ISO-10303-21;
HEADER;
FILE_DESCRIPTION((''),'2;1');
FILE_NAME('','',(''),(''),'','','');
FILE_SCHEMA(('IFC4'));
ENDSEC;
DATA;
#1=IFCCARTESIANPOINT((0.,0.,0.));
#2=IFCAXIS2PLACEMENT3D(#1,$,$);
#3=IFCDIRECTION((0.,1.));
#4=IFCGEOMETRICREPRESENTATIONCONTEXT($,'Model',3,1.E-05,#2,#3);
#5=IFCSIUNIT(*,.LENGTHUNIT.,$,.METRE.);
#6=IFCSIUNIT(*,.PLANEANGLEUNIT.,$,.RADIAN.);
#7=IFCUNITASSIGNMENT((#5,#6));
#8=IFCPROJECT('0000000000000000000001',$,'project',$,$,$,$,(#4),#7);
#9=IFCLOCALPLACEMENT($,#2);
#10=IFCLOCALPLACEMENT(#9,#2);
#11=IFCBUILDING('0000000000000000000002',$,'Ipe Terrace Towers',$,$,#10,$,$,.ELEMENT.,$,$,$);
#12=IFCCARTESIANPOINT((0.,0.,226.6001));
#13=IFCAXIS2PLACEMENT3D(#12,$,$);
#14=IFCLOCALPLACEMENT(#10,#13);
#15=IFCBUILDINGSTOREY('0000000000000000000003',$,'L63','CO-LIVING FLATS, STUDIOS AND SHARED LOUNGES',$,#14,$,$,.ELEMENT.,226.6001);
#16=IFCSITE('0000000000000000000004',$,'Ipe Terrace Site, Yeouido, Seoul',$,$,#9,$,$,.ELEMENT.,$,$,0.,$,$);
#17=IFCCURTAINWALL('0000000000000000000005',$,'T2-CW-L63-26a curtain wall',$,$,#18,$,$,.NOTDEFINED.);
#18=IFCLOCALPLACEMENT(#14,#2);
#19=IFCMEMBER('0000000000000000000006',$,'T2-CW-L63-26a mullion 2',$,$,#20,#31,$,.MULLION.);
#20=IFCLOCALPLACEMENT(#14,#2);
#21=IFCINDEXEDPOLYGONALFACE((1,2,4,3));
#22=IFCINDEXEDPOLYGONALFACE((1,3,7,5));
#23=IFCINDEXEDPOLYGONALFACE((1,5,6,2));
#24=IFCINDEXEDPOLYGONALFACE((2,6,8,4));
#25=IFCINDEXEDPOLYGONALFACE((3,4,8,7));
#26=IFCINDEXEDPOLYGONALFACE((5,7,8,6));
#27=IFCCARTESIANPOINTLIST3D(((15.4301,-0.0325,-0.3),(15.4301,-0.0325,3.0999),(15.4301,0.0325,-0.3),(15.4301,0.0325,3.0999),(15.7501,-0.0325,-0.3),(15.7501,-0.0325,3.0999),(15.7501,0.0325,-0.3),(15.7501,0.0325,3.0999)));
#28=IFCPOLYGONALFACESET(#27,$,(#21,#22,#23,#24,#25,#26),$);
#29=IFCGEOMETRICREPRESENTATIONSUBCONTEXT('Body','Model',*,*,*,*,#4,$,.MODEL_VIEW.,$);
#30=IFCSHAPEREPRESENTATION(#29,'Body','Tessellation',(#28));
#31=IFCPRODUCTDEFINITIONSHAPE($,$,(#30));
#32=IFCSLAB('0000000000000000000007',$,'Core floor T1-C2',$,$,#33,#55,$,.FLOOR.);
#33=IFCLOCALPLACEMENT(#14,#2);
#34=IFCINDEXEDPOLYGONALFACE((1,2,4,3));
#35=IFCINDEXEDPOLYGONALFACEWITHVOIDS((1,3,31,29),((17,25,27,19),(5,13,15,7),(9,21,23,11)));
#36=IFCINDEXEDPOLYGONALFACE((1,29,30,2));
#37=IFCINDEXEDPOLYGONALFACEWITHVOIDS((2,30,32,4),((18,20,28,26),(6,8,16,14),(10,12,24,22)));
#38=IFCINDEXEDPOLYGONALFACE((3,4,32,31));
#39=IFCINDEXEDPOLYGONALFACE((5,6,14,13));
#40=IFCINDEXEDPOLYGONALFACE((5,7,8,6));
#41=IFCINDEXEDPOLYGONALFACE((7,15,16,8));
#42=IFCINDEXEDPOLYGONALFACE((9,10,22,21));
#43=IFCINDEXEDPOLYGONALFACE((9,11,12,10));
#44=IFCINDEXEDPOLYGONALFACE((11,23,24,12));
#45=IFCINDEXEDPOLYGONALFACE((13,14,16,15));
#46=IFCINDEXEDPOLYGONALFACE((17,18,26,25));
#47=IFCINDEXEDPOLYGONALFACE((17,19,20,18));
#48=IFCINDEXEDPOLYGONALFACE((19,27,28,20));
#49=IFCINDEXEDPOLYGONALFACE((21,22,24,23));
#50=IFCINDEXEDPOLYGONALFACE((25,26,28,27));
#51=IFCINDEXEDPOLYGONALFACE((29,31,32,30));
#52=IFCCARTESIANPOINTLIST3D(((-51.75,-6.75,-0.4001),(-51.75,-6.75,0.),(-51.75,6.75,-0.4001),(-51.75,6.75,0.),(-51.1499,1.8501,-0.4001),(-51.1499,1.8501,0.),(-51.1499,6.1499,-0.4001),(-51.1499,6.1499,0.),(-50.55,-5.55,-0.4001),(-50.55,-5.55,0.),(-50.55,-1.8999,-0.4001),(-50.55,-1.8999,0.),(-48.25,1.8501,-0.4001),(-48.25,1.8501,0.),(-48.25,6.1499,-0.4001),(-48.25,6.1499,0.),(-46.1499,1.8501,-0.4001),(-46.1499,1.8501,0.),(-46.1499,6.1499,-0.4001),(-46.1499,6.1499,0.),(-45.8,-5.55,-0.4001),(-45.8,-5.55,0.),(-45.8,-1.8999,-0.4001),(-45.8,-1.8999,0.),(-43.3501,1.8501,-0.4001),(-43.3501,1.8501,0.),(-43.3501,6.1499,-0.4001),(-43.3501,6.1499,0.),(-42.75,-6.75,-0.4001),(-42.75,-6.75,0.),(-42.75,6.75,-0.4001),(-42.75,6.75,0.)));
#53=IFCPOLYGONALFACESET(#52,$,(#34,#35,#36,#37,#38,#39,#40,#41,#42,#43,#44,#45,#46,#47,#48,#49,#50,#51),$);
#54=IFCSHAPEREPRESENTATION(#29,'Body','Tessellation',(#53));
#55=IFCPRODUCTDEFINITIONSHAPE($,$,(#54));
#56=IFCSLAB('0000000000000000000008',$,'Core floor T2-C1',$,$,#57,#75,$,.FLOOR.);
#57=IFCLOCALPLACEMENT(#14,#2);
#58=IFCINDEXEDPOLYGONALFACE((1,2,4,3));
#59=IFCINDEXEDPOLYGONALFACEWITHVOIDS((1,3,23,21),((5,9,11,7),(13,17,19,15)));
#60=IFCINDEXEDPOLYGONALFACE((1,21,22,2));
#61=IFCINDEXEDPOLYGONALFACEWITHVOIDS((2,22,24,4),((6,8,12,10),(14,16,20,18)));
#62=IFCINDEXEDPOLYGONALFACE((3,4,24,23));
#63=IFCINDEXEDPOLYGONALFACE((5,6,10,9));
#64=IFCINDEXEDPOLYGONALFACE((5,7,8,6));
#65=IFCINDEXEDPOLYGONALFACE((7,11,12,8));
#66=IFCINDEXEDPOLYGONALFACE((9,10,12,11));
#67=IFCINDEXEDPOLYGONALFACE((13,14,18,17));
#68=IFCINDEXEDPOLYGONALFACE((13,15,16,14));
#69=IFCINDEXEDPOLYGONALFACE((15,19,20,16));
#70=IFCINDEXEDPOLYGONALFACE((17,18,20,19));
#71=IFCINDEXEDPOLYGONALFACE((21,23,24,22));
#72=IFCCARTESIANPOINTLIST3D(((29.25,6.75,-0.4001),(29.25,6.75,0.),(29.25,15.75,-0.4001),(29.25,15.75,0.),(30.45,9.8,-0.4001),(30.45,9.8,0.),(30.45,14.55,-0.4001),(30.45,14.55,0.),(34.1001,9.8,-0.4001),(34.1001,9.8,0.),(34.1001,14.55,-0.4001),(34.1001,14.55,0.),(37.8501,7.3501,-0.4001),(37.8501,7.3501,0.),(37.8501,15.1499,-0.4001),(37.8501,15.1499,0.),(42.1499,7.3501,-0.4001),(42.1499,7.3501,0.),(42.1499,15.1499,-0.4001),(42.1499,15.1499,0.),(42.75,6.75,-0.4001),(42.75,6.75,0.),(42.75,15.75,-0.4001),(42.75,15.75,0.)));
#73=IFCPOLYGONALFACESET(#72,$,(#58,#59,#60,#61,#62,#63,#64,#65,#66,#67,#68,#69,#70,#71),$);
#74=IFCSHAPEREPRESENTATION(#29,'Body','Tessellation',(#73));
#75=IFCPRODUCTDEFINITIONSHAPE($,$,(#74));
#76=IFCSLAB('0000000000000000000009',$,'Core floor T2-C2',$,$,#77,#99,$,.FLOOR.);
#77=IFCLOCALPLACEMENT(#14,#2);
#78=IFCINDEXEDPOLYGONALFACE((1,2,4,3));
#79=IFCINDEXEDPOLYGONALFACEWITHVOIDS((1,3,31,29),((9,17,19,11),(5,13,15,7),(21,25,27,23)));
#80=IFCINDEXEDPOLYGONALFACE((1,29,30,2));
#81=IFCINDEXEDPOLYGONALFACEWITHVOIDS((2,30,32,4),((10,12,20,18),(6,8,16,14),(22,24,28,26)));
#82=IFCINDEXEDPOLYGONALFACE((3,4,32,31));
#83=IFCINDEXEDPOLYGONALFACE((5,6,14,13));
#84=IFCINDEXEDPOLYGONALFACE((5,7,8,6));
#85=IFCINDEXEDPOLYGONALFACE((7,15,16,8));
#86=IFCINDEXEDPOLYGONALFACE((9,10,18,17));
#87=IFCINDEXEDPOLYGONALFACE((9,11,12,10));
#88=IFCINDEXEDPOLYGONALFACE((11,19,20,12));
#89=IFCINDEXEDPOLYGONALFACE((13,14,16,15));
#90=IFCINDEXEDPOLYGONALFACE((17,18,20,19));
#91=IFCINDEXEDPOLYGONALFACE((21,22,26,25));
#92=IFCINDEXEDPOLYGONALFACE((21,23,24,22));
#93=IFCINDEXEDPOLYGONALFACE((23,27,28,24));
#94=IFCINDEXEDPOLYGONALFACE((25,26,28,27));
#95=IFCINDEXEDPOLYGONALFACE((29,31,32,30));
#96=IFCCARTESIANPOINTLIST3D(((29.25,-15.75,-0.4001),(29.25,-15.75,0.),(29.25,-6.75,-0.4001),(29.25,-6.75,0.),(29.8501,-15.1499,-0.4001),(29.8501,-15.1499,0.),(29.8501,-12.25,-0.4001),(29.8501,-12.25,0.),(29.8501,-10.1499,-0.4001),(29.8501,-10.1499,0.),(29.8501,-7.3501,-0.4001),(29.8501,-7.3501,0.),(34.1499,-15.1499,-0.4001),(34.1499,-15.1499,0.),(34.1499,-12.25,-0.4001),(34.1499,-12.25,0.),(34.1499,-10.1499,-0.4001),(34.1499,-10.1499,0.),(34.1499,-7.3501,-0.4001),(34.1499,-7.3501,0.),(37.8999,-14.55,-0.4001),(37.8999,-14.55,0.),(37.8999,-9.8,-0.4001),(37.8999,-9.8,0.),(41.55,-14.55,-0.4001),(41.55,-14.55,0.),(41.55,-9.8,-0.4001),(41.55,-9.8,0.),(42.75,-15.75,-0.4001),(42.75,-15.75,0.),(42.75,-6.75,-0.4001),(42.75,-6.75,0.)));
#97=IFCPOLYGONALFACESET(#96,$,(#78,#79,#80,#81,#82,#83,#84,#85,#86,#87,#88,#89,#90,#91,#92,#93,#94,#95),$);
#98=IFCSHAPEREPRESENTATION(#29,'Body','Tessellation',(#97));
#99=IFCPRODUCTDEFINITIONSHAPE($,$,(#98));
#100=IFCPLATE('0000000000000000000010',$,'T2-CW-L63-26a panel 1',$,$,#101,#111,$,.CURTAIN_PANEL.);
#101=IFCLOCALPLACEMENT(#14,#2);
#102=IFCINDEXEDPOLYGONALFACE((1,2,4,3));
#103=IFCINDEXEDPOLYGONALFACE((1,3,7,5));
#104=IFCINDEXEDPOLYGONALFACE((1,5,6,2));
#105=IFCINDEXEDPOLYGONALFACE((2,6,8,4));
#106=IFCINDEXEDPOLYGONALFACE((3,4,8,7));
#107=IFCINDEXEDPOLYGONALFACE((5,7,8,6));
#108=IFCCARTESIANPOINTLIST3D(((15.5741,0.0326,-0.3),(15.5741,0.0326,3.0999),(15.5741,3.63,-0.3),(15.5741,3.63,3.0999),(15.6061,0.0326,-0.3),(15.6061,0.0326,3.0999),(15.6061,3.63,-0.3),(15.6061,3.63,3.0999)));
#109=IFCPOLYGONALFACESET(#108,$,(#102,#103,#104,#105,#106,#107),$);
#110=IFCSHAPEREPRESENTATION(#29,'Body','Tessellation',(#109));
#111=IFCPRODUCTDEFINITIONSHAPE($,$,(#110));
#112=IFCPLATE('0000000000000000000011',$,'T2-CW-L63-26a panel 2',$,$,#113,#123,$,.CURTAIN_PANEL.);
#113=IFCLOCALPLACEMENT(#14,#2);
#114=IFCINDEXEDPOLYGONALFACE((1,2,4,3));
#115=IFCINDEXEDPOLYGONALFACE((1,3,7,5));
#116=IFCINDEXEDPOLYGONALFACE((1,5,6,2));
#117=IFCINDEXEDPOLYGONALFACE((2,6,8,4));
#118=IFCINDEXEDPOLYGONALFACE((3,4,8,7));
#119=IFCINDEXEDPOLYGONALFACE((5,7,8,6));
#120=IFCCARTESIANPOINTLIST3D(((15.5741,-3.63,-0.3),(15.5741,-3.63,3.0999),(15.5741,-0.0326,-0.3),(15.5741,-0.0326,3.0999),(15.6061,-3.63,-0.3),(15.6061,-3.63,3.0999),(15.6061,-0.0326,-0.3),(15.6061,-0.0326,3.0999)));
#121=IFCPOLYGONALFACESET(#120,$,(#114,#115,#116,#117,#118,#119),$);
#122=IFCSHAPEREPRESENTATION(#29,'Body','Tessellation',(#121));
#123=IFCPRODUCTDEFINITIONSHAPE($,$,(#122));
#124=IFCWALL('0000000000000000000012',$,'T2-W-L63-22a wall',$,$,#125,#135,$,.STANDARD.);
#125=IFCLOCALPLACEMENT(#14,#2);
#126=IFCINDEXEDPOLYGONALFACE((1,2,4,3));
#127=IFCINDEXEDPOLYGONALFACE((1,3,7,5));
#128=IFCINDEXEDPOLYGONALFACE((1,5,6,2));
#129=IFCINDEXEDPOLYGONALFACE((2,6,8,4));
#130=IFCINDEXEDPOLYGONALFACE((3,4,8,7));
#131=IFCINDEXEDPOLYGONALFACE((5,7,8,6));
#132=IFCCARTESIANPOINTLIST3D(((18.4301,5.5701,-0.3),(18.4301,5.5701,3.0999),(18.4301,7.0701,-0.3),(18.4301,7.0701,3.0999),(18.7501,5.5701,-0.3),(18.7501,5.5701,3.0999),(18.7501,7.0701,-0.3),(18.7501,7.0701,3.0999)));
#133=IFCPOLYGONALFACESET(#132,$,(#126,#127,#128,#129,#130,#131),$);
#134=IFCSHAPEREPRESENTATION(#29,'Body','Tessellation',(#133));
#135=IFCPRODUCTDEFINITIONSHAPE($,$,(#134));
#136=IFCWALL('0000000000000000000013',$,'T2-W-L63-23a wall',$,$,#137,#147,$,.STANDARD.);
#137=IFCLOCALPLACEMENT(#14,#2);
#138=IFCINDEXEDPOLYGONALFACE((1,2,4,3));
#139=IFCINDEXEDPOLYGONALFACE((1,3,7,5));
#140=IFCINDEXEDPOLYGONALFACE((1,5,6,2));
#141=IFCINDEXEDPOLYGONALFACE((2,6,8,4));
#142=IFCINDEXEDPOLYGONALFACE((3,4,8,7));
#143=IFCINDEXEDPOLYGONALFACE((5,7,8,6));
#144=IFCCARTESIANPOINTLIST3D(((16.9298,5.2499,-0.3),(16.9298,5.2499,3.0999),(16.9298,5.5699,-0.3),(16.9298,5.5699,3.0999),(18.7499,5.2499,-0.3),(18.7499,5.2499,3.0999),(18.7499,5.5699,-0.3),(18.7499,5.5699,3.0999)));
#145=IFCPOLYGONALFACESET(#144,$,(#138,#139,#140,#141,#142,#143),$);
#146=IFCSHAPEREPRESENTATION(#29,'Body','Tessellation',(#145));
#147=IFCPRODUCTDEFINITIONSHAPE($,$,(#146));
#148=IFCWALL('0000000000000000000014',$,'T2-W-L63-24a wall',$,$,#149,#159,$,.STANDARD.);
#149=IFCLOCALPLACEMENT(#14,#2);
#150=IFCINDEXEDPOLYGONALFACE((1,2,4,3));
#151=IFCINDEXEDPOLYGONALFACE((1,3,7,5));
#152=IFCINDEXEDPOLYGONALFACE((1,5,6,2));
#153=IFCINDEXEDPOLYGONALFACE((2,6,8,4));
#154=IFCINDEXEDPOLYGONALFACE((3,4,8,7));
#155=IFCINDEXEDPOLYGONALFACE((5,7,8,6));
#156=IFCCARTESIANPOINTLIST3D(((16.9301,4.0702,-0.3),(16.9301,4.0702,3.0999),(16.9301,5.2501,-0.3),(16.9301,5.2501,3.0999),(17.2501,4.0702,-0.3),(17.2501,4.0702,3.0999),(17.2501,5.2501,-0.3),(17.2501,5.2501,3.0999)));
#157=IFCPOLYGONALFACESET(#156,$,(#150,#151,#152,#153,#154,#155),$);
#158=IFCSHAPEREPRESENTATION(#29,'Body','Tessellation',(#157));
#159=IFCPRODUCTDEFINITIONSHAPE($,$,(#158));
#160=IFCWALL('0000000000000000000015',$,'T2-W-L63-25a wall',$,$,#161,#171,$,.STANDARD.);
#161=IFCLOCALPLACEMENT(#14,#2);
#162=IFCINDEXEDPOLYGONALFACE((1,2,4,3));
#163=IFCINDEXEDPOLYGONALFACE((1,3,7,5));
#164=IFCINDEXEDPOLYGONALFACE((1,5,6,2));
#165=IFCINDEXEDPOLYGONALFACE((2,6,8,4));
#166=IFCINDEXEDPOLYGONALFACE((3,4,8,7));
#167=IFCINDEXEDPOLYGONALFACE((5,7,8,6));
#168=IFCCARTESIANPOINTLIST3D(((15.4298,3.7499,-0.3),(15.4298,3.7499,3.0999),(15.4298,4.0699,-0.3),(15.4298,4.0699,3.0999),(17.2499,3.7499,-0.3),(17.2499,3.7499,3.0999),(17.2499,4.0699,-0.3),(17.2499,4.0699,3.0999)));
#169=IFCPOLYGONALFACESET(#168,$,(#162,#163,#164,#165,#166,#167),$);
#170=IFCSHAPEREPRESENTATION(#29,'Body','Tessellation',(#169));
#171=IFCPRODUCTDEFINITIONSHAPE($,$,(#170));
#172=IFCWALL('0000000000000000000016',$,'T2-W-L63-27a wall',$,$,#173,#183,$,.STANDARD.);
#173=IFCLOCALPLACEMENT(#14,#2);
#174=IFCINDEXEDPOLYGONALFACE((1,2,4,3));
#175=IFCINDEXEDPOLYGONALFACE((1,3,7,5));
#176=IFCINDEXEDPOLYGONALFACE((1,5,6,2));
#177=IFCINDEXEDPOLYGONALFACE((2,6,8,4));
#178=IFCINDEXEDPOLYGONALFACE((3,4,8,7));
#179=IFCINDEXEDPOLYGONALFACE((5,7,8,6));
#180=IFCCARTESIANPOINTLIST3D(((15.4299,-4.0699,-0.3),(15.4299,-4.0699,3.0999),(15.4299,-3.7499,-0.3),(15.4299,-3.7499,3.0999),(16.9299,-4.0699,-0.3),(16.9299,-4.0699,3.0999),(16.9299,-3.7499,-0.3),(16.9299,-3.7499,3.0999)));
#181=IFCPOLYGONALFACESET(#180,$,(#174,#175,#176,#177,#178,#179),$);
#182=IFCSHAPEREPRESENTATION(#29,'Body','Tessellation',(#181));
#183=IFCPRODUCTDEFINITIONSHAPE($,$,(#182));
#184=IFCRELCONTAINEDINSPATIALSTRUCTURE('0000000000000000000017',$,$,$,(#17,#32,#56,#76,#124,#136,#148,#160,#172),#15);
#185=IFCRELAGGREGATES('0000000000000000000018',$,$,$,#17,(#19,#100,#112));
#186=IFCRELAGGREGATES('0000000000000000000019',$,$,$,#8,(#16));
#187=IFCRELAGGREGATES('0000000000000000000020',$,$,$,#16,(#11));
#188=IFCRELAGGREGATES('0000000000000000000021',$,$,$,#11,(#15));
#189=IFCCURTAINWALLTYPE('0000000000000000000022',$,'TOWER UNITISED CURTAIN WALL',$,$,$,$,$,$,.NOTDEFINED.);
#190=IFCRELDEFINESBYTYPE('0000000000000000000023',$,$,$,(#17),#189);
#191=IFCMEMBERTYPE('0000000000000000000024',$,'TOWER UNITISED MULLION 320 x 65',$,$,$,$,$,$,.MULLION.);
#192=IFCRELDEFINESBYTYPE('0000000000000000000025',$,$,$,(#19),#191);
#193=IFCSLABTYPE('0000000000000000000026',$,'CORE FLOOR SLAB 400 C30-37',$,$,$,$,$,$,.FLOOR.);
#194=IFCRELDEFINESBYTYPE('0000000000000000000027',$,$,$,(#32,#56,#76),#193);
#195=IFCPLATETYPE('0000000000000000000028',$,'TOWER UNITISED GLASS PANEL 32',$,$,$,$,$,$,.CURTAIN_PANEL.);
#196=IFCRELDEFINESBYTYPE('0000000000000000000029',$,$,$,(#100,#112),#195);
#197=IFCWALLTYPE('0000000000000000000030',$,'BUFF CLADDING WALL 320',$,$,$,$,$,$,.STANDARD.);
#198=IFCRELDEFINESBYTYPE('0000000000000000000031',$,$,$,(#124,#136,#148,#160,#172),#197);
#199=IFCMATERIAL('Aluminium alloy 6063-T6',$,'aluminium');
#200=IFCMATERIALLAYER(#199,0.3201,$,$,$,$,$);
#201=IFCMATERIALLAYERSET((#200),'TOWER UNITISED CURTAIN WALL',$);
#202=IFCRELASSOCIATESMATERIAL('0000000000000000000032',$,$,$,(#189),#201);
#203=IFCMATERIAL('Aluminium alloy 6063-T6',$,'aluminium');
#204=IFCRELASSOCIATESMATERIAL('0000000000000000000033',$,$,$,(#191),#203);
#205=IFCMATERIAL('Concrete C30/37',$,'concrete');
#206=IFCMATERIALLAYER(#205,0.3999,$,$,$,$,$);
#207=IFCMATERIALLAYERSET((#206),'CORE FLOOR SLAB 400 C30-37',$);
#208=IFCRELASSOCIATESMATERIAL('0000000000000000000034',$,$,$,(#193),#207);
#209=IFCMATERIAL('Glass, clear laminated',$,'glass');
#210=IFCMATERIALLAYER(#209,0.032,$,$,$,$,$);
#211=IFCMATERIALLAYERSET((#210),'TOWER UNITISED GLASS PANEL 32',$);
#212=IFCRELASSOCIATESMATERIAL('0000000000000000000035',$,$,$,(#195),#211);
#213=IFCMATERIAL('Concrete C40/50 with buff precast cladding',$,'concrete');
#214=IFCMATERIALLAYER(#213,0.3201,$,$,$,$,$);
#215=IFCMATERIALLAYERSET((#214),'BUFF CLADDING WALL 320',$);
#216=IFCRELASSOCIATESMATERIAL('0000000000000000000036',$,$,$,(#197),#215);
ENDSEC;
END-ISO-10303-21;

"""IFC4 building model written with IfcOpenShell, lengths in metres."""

from ifc_helpers import new_model, si_unit, direction, frame, frame_2d, origin, origin_2d, place, context, subcontext, project, spatial, polyline, rectangle, outline, extrude, material, layer, layer_set, material_profile, profile_set, type_object, element, aggregate, save


model = new_model("IFC4")

# Units and contexts
model_context = context("Model", 3, precision=1e-05, world=origin(), true_north=direction((0.0, 1.0)))
body_context = subcontext(model_context, "Body", "Model", "MODEL_VIEW")
ifc_project = project(units=[si_unit("LENGTHUNIT", "METRE"), si_unit("PLANEANGLEUNIT", "RADIAN")], contexts=[model_context])

# Site, building, storey
site_placement = place(None, origin())
site = spatial("IfcSite", under=ifc_project, at=site_placement, Name="Ipe Terrace Site, Yeouido, Seoul", CompositionType="ELEMENT", RefElevation=0.0)
building_placement = place(site_placement, origin())
building = spatial("IfcBuilding", under=site, at=building_placement, Name="Ipe Terrace Towers", CompositionType="ELEMENT")
storey_placement = place(building_placement, frame((0.0, 0.0, 226.6001)))
storey = spatial("IfcBuildingStorey", under=building, at=storey_placement, Name="L63", Description="CO-LIVING FLATS, STUDIOS AND SHARED LOUNGES", CompositionType="ELEMENT", Elevation=226.6001)

# Curtain wall, member
ifc_material_1 = material(Name="Aluminium alloy 6063-T6", Category="aluminium")
ifc_layer_1 = layer(ifc_material_1, 0.3201)
ifc_layer_set_1 = layer_set([ifc_layer_1], Name="TOWER UNITISED CURTAIN WALL")
curtain_wall_type = type_object("IfcCurtainWallType", Name="TOWER UNITISED CURTAIN WALL", PredefinedType="NOTDEFINED", material=ifc_layer_set_1)
curtain_wall_placement = place(storey_placement, origin())
curtain_wall = element("IfcCurtainWall", 1, at=curtain_wall_placement, inside=storey, type_object=curtain_wall_type, Name="T2-CW-L63-26a curtain wall", PredefinedType="NOTDEFINED")
ifc_material_2 = material(Name="Aluminium alloy 6063-T6", Category="aluminium")
ifc_material_profile_1 = material_profile(ifc_material_2, rectangle(XDim=0.3201, YDim=0.0649, at=origin_2d()), Name="TOWER UNITISED MULLION 320 x 65")
ifc_profile_set_1 = profile_set([ifc_material_profile_1], Name="Aluminium alloy 6063-T6")
member_type_1 = type_object("IfcMemberType", Name="TOWER UNITISED MULLION 320 x 65", PredefinedType="MULLION", material=ifc_profile_set_1)
member_1_placement = place(storey_placement, frame((15.5901, 0.0, -0.3), z_axis=(0.0, 0.0, 1.0), x_axis=(-1.0, 0.0, 0.0)))
member_1 = element("IfcMember", 2, at=member_1_placement, type_object=member_type_1, Name="T2-CW-L63-26a mullion 2", PredefinedType="MULLION", context=body_context, shape_type="SweptSolid", body=[
    extrude(rectangle(XDim=0.3201, YDim=0.0649, at=origin_2d()), origin(), (0.0, 0.0, 1.0), 3.3999),
])

# Slabs
ifc_material_3 = material(Name="Concrete C30/37", Category="concrete")
ifc_layer_2 = layer(ifc_material_3, 0.3999)
ifc_layer_set_2 = layer_set([ifc_layer_2], Name="CORE FLOOR SLAB 400 C30-37")
slab_type = type_object("IfcSlabType", Name="CORE FLOOR SLAB 400 C30-37", PredefinedType="FLOOR", material=ifc_layer_set_2)
slab_1_placement = place(storey_placement, frame((0.0, 0.0, -0.4001)))
element("IfcSlab", 3, at=slab_1_placement, inside=storey, type_object=slab_type, Name="Core floor T1-C2", PredefinedType="FLOOR", context=body_context, shape_type="SweptSolid", body=[
    extrude(outline(polyline([(-51.75, -6.75), (-51.75, 6.75), (-42.75, 6.75), (-42.75, -6.75), (-51.75, -6.75)]), holes=[polyline([(-45.8, -1.8999), (-50.55, -1.8999), (-50.55, -5.55), (-45.8, -5.55), (-45.8, -1.8999)]), polyline([(-48.25, 1.8501), (-48.25, 6.1499), (-51.1499, 6.1499), (-51.1499, 1.8501), (-48.25, 1.8501)]), polyline([(-43.3501, 1.8501), (-43.3501, 6.1499), (-46.1499, 6.1499), (-46.1499, 1.8501), (-43.3501, 1.8501)])]), origin(), (0.0, 0.0, 1.0), 0.4001),
])
slab_2_placement = place(storey_placement, frame((0.0, 0.0, -0.4001)))
element("IfcSlab", 4, at=slab_2_placement, inside=storey, type_object=slab_type, Name="Core floor T2-C1", PredefinedType="FLOOR", context=body_context, shape_type="SweptSolid", body=[
    extrude(outline(polyline([(29.25, 6.75), (29.25, 15.75), (42.75, 15.75), (42.75, 6.75), (29.25, 6.75)]), holes=[polyline([(42.1499, 7.3501), (42.1499, 15.1499), (37.8501, 15.1499), (37.8501, 7.3501), (42.1499, 7.3501)]), polyline([(30.45, 9.8), (34.1001, 9.8), (34.1001, 14.55), (30.45, 14.55), (30.45, 9.8)])]), origin(), (0.0, 0.0, 1.0), 0.4001),
])
slab_3_placement = place(storey_placement, frame((0.0, 0.0, -0.4001)))
element("IfcSlab", 5, at=slab_3_placement, inside=storey, type_object=slab_type, Name="Core floor T2-C2", PredefinedType="FLOOR", context=body_context, shape_type="SweptSolid", body=[
    extrude(outline(polyline([(29.25, -15.75), (29.25, -6.75), (42.75, -6.75), (42.75, -15.75), (29.25, -15.75)]), holes=[polyline([(29.8501, -12.25), (29.8501, -15.1499), (34.1499, -15.1499), (34.1499, -12.25), (29.8501, -12.25)]), polyline([(41.55, -9.8), (37.8999, -9.8), (37.8999, -14.55), (41.55, -14.55), (41.55, -9.8)]), polyline([(34.1499, -7.3501), (29.8501, -7.3501), (29.8501, -10.1499), (34.1499, -10.1499), (34.1499, -7.3501)])]), origin(), (0.0, 0.0, 1.0), 0.4001),
])

# Plates
ifc_material_4 = material(Name="Glass, clear laminated", Category="glass")
ifc_layer_3 = layer(ifc_material_4, 0.032)
ifc_layer_set_3 = layer_set([ifc_layer_3], Name="TOWER UNITISED GLASS PANEL 32")
plate_type = type_object("IfcPlateType", Name="TOWER UNITISED GLASS PANEL 32", PredefinedType="CURTAIN_PANEL", material=ifc_layer_set_3)
plate_1_placement = place(storey_placement, frame((15.5901, 1.8313, -0.3), z_axis=(0.0, 0.0, 1.0), x_axis=(0.0, -1.0, 0.0)))
plate_1 = element("IfcPlate", 6, at=plate_1_placement, type_object=plate_type, Name="T2-CW-L63-26a panel 1", PredefinedType="CURTAIN_PANEL", context=body_context, shape_type="SweptSolid", body=[
    extrude(rectangle(XDim=3.5974, YDim=0.032, at=origin_2d()), origin(), (0.0, 0.0, 1.0), 3.3999),
])
plate_2_placement = place(storey_placement, frame((15.5901, -1.8313, -0.3), z_axis=(0.0, 0.0, 1.0), x_axis=(0.0, -1.0, 0.0)))
plate_2 = element("IfcPlate", 7, at=plate_2_placement, type_object=plate_type, Name="T2-CW-L63-26a panel 2", PredefinedType="CURTAIN_PANEL", context=body_context, shape_type="SweptSolid", body=[
    extrude(rectangle(XDim=3.5974, YDim=0.032, at=origin_2d()), origin(), (0.0, 0.0, 1.0), 3.3999),
])
aggregate(curtain_wall, [member_1, plate_1, plate_2])

# Walls
ifc_material_5 = material(Name="Concrete C40/50 with buff precast cladding", Category="concrete")
ifc_layer_4 = layer(ifc_material_5, 0.3201)
ifc_layer_set_4 = layer_set([ifc_layer_4], Name="BUFF CLADDING WALL 320")
wall_type = type_object("IfcWallType", Name="BUFF CLADDING WALL 320", PredefinedType="STANDARD", material=ifc_layer_set_4)
wall_1_placement = place(storey_placement, frame((18.5901, 7.0701, -0.3), z_axis=(0.0, 0.0, 1.0), x_axis=(0.0, -1.0, 0.0)))
element("IfcWall", 8, at=wall_1_placement, inside=storey, type_object=wall_type, Name="T2-W-L63-22a wall", PredefinedType="STANDARD", context=body_context, shape_type="SweptSolid", body=[
    extrude(rectangle(XDim=1.5, YDim=0.3201, at=frame_2d((0.75, 0.0))), origin(), (0.0, 0.0, 1.0), 3.3999),
])
wall_2_placement = place(storey_placement, frame((18.75, 5.4099, -0.3), z_axis=(0.0, 0.0, 1.0), x_axis=(-1.0, 0.0, 0.0)))
element("IfcWall", 9, at=wall_2_placement, inside=storey, type_object=wall_type, Name="T2-W-L63-23a wall", PredefinedType="STANDARD", context=body_context, shape_type="SweptSolid", body=[
    extrude(rectangle(XDim=1.8201, YDim=0.3201, at=frame_2d((0.9102, 0.0))), origin(), (0.0, 0.0, 1.0), 3.3999),
])
wall_3_placement = place(storey_placement, frame((17.0901, 5.25, -0.3), z_axis=(0.0, 0.0, 1.0), x_axis=(0.0, -1.0, 0.0)))
element("IfcWall", 10, at=wall_3_placement, inside=storey, type_object=wall_type, Name="T2-W-L63-24a wall", PredefinedType="STANDARD", context=body_context, shape_type="SweptSolid", body=[
    extrude(rectangle(XDim=1.1799, YDim=0.3201, at=frame_2d((0.5898, 0.0))), origin(), (0.0, 0.0, 1.0), 3.3999),
])
wall_4_placement = place(storey_placement, frame((17.25, 3.9099, -0.3), z_axis=(0.0, 0.0, 1.0), x_axis=(-1.0, 0.0, 0.0)))
element("IfcWall", 11, at=wall_4_placement, inside=storey, type_object=wall_type, Name="T2-W-L63-25a wall", PredefinedType="STANDARD", context=body_context, shape_type="SweptSolid", body=[
    extrude(rectangle(XDim=1.8201, YDim=0.3201, at=frame_2d((0.9102, 0.0))), origin(), (0.0, 0.0, 1.0), 3.3999),
])
wall_5_placement = place(storey_placement, frame((15.4299, -3.9099, -0.3), z_axis=(0.0, 0.0, 1.0), x_axis=(1.0, 0.0, 0.0)))
element("IfcWall", 12, at=wall_5_placement, inside=storey, type_object=wall_type, Name="T2-W-L63-27a wall", PredefinedType="STANDARD", context=body_context, shape_type="SweptSolid", body=[
    extrude(rectangle(XDim=1.5, YDim=0.3201, at=frame_2d((0.75, 0.0))), origin(), (0.0, 0.0, 1.0), 3.3999),
])

save(model, "model.ifc")
